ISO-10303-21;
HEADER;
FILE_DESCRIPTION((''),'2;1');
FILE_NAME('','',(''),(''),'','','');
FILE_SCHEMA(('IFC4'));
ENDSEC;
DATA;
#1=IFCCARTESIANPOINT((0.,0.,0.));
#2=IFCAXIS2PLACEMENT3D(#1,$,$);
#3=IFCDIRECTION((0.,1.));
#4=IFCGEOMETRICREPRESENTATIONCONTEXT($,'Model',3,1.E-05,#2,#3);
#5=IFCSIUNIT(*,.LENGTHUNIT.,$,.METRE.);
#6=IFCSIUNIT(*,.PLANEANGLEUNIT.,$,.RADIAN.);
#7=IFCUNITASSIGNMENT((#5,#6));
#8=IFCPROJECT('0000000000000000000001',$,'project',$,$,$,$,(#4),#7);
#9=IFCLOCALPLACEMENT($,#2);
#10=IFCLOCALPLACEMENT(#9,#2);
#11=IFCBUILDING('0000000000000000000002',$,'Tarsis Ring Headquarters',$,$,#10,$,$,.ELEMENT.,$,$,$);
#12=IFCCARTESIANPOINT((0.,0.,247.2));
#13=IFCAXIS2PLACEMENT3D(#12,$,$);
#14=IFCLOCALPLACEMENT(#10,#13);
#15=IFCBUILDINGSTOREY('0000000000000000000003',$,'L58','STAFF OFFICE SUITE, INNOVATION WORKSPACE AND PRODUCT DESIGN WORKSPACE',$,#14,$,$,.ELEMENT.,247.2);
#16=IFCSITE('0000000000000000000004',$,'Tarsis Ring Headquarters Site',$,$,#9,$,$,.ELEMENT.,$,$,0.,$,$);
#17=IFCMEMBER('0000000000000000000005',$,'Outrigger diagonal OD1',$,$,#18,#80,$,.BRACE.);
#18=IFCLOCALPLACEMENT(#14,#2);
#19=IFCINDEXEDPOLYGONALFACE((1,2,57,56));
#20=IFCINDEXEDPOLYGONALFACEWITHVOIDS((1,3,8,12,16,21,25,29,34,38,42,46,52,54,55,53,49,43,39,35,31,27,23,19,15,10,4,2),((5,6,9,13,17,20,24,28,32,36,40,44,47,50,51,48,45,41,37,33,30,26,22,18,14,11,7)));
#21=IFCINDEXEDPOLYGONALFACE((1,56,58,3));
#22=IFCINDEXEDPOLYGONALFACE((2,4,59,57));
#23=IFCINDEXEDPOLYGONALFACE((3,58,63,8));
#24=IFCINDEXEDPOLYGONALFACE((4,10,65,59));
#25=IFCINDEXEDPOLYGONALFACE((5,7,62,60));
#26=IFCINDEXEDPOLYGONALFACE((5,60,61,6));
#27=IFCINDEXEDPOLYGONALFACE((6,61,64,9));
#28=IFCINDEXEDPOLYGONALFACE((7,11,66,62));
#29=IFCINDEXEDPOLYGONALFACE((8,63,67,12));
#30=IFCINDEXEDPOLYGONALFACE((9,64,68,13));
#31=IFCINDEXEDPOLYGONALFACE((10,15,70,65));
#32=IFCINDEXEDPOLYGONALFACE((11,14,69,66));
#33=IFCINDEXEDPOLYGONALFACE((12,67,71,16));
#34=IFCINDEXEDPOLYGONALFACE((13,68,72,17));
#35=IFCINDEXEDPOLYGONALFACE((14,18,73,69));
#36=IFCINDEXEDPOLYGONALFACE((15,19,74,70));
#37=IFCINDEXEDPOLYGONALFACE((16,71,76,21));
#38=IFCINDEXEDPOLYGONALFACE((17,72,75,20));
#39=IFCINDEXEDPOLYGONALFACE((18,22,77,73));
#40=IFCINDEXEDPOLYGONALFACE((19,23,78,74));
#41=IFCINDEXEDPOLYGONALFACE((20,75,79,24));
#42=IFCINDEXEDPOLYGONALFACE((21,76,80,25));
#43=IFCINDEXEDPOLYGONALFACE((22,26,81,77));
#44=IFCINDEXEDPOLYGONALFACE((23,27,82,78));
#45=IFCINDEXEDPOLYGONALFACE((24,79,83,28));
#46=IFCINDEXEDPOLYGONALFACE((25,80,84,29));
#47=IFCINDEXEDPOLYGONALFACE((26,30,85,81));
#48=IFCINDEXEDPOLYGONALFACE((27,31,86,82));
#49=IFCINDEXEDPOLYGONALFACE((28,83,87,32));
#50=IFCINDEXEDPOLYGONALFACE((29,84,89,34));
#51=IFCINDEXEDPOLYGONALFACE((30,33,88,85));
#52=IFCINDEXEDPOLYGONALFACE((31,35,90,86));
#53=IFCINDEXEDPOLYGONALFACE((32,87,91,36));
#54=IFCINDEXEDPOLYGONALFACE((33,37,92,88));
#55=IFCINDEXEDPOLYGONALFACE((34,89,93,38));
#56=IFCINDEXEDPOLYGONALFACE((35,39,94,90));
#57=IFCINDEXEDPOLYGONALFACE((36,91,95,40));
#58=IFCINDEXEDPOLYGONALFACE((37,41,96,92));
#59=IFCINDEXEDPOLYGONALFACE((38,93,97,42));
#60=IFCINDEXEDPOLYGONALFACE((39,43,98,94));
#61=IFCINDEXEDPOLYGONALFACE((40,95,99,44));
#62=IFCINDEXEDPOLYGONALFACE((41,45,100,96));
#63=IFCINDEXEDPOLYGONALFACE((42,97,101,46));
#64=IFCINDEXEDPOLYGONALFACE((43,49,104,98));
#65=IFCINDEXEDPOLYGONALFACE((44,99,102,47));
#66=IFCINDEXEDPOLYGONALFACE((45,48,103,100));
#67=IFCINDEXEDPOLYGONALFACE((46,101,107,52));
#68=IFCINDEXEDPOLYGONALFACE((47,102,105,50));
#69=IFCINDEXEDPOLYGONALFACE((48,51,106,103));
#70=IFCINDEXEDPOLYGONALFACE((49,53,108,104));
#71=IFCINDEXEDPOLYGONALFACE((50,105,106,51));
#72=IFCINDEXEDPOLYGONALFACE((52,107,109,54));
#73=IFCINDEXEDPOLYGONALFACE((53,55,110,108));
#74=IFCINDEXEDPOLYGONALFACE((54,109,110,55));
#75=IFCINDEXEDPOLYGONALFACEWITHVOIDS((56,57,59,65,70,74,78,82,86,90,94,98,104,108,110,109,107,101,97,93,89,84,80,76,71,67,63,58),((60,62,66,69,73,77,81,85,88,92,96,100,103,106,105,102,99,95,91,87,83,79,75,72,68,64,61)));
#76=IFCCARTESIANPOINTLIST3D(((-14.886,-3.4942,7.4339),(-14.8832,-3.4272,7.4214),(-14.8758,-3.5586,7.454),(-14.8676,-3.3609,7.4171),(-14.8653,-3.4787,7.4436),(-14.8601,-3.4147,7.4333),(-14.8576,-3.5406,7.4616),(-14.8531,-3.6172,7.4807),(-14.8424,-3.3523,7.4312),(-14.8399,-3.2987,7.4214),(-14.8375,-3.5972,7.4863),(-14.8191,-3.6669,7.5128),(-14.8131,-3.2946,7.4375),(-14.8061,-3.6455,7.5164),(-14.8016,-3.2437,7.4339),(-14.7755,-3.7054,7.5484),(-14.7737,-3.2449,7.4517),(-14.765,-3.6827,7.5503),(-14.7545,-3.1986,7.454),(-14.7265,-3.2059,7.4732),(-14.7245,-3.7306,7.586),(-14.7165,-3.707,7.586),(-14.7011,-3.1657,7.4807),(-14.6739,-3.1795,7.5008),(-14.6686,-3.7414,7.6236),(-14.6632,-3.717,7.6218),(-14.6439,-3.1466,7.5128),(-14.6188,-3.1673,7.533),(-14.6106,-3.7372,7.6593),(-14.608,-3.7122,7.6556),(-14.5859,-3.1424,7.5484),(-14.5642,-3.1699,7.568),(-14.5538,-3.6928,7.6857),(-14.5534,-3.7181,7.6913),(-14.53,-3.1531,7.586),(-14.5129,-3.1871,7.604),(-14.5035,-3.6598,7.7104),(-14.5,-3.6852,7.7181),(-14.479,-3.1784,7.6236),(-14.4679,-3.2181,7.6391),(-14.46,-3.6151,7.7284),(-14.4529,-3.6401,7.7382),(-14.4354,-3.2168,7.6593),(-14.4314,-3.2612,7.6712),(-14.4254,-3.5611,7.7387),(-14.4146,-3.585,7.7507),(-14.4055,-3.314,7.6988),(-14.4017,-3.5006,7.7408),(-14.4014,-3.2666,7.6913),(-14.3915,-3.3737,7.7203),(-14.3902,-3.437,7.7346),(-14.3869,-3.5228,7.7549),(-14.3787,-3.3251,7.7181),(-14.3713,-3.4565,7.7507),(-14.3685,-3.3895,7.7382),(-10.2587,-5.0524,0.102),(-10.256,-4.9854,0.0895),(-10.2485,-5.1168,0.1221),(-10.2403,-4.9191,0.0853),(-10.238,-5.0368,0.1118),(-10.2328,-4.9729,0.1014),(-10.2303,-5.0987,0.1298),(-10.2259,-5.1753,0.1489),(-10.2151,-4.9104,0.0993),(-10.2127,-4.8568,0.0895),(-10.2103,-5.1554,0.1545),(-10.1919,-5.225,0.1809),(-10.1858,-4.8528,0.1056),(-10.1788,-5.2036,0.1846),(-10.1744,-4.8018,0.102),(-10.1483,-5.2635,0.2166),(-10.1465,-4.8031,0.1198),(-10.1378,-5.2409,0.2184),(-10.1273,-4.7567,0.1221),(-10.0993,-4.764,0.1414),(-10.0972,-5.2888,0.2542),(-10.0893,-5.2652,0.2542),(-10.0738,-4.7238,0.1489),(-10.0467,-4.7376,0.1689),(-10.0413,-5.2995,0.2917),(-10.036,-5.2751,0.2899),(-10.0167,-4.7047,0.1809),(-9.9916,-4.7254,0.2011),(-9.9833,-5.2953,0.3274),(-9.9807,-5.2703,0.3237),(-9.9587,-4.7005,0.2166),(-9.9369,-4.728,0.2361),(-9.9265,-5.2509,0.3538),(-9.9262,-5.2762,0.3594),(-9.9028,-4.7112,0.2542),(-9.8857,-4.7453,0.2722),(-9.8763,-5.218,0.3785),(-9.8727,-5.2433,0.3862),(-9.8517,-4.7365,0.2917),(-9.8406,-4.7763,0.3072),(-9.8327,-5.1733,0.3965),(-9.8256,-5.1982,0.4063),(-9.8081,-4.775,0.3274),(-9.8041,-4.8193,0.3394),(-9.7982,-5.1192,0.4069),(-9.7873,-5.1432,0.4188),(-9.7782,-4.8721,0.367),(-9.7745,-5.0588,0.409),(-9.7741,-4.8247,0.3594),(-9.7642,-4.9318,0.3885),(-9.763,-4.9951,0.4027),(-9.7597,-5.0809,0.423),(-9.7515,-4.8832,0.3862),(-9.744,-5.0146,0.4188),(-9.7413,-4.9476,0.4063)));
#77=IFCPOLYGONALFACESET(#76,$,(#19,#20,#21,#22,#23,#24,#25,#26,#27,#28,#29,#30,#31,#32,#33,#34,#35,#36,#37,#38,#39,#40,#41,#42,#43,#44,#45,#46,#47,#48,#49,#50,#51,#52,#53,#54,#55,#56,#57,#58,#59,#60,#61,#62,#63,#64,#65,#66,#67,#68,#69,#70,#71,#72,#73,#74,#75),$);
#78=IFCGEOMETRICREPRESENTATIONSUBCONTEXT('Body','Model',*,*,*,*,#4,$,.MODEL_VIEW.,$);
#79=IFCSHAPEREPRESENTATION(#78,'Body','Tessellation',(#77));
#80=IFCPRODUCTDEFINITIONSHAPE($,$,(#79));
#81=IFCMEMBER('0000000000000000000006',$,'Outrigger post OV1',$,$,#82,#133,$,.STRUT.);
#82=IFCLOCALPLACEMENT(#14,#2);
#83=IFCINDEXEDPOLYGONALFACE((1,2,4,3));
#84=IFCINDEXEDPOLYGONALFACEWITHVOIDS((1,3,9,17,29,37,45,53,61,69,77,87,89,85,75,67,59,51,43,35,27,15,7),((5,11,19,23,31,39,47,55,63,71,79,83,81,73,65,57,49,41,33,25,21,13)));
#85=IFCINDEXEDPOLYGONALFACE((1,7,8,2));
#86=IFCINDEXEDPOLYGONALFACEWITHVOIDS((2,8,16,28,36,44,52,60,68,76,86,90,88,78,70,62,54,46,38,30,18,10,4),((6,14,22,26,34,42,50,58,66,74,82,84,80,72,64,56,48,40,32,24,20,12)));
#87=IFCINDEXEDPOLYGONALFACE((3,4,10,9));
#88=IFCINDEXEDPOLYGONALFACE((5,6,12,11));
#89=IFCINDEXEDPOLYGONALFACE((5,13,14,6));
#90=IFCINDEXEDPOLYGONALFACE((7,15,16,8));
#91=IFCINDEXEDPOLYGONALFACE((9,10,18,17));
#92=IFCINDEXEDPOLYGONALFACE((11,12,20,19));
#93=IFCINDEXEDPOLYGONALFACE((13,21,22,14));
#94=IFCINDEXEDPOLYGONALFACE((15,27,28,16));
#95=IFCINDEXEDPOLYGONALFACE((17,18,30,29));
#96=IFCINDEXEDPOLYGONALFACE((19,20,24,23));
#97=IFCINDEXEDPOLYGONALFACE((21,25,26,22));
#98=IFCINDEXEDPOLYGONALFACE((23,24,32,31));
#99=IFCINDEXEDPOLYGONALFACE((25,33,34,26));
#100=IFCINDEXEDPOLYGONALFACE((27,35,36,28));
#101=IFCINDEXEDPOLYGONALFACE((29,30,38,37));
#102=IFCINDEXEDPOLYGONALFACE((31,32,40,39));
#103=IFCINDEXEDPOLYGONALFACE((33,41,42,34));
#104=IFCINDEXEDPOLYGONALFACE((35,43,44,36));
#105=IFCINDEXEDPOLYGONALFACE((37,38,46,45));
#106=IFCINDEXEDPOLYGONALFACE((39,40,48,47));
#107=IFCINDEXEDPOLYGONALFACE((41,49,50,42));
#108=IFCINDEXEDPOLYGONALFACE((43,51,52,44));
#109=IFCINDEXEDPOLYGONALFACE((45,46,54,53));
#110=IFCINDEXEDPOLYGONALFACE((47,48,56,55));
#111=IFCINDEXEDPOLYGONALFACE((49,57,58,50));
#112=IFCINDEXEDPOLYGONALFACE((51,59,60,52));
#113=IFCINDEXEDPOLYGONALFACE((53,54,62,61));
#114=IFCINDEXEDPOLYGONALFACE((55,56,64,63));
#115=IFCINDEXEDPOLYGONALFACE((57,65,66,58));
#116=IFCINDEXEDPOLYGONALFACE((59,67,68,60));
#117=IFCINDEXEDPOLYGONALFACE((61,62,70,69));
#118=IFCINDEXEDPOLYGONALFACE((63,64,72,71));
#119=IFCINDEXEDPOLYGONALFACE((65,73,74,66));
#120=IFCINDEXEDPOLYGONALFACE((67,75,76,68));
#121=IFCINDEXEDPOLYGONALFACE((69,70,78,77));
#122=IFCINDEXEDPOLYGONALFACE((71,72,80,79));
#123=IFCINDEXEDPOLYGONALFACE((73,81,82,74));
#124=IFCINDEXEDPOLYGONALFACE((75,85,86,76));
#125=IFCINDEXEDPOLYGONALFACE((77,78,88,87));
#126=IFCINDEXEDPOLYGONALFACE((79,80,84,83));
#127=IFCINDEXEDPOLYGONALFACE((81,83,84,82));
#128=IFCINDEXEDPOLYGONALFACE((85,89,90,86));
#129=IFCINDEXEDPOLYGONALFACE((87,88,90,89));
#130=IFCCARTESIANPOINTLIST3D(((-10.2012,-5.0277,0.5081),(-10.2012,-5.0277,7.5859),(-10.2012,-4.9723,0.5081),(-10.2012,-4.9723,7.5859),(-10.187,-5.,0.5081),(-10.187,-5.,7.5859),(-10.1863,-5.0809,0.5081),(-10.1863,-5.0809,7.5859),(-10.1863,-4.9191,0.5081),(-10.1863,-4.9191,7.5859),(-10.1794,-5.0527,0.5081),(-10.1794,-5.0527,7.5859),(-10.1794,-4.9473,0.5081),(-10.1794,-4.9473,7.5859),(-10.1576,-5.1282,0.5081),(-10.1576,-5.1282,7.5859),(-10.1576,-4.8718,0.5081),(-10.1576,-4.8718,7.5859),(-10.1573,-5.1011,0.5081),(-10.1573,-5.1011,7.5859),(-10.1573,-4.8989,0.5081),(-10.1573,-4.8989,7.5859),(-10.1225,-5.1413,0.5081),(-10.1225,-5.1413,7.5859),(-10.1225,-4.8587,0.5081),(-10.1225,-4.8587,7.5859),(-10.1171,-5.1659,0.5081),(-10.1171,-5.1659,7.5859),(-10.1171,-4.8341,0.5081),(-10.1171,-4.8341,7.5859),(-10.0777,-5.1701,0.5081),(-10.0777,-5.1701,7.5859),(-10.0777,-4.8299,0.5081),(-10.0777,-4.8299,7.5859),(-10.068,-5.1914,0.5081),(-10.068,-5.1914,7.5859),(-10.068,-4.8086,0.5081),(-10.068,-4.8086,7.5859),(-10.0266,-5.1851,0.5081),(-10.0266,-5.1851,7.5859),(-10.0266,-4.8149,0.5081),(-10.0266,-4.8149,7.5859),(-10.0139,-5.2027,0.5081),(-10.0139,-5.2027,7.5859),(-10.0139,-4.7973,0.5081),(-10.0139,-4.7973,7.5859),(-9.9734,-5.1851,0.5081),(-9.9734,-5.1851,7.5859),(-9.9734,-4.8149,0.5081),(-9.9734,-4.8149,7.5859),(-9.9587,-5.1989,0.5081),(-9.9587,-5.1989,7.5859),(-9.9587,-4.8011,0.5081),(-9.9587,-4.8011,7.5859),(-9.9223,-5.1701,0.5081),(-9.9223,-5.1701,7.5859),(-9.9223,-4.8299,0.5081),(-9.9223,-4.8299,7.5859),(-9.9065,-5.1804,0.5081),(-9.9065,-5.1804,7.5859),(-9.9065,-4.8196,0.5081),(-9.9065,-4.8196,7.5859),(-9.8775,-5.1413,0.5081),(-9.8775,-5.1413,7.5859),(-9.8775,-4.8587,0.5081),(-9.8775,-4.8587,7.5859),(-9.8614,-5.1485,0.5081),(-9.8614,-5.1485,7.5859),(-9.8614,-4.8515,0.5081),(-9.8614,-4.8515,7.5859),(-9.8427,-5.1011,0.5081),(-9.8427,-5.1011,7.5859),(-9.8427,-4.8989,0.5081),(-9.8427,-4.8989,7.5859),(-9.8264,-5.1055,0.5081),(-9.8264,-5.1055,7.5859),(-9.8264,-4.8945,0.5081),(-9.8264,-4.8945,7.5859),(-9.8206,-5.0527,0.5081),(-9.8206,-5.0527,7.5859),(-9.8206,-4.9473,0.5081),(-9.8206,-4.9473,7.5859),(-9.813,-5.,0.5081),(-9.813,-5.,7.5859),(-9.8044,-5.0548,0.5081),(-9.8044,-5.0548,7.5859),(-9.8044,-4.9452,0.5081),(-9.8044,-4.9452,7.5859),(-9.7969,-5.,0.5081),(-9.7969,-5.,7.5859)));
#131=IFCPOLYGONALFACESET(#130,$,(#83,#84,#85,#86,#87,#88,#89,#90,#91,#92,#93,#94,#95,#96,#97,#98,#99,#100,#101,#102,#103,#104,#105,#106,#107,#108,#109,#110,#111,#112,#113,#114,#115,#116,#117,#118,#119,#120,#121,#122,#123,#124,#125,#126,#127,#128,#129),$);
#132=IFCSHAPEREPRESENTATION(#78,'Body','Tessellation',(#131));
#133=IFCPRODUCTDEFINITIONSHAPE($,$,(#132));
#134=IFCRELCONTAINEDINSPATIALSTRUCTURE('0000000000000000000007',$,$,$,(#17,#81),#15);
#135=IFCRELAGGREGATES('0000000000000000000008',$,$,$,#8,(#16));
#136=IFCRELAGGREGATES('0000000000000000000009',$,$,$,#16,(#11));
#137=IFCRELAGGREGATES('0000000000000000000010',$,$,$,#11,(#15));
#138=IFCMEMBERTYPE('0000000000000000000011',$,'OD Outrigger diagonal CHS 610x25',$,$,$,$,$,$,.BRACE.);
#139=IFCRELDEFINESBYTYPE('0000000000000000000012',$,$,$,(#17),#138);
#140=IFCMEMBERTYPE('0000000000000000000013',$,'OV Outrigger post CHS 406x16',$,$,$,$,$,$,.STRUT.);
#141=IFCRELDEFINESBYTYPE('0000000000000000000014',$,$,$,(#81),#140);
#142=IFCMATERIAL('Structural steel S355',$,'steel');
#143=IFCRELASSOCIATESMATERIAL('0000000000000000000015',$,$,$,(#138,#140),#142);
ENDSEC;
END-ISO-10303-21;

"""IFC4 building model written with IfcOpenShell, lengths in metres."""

from ifc_helpers import new_model, si_unit, direction, frame, origin, origin_2d, place, context, subcontext, project, spatial, hollow_circle, extrude, material, material_profile, profile_set, type_object, element, save


model = new_model("IFC4")

# Units and contexts
model_context = context("Model", 3, precision=1e-05, world=origin(), true_north=direction((0.0, 1.0)))
body_context = subcontext(model_context, "Body", "Model", "MODEL_VIEW")
ifc_project = project(units=[si_unit("LENGTHUNIT", "METRE"), si_unit("PLANEANGLEUNIT", "RADIAN")], contexts=[model_context])

# Site, building, storey
site_placement = place(None, origin())
site = spatial("IfcSite", under=ifc_project, at=site_placement, Name="Tarsis Ring Headquarters Site", CompositionType="ELEMENT", RefElevation=0.0)
building_placement = place(site_placement, origin())
building = spatial("IfcBuilding", under=site, at=building_placement, Name="Tarsis Ring Headquarters", CompositionType="ELEMENT")
storey_placement = place(building_placement, frame((0.0, 0.0, 247.2)))
storey = spatial("IfcBuildingStorey", under=building, at=storey_placement, Name="L58", Description="STAFF OFFICE SUITE, INNOVATION WORKSPACE AND PRODUCT DESIGN WORKSPACE", CompositionType="ELEMENT", Elevation=247.2)

# Members
ifc_material_1 = material(Name="Structural steel S355", Category="steel")
ifc_material_profile_1 = material_profile(ifc_material_1, hollow_circle(Radius=0.3047, WallThickness=0.0249, at=origin_2d()), Name="CHS 610x25")
ifc_profile_set_1 = profile_set([ifc_material_profile_1], Name="Structural steel S355")
member_type_1 = type_object("IfcMemberType", Name="OD Outrigger diagonal CHS 610x25", PredefinedType="BRACE", material=ifc_profile_set_1)
member_1_placement = place(storey_placement, frame((-10.0, -5.0, 0.2542), z_axis=(-0.525297, 0.176882, 0.832332), x_axis=(-0.319121, -0.947714, 0.0)))
element("IfcMember", 1, at=member_1_placement, inside=storey, type_object=member_type_1, Name="Outrigger diagonal OD1", PredefinedType="BRACE", context=body_context, shape_type="SweptSolid", body=[
    extrude(hollow_circle(Radius=0.3047, WallThickness=0.0249, at=origin_2d()), origin(), (0.0, 0.0, 1.0), 8.8088),
])
ifc_material_profile_2 = material_profile(ifc_material_1, hollow_circle(Radius=0.2031, WallThickness=0.0161, at=origin_2d()), Name="CHS 406x16")
ifc_profile_set_2 = profile_set([ifc_material_profile_2], Name="Structural steel S355")
member_type_2 = type_object("IfcMemberType", Name="OV Outrigger post CHS 406x16", PredefinedType="STRUT", material=ifc_profile_set_2)
member_2_placement = place(storey_placement, frame((-10.0, -5.0, 0.5081), z_axis=(0.0, 0.0, 1.0), x_axis=(1.0, 0.0, 0.0)))
element("IfcMember", 2, at=member_2_placement, inside=storey, type_object=member_type_2, Name="Outrigger post OV1", PredefinedType="STRUT", context=body_context, shape_type="SweptSolid", body=[
    extrude(hollow_circle(Radius=0.2031, WallThickness=0.0161, at=origin_2d()), origin(), (0.0, 0.0, 1.0), 7.0779),
])

save(model, "model.ifc")
